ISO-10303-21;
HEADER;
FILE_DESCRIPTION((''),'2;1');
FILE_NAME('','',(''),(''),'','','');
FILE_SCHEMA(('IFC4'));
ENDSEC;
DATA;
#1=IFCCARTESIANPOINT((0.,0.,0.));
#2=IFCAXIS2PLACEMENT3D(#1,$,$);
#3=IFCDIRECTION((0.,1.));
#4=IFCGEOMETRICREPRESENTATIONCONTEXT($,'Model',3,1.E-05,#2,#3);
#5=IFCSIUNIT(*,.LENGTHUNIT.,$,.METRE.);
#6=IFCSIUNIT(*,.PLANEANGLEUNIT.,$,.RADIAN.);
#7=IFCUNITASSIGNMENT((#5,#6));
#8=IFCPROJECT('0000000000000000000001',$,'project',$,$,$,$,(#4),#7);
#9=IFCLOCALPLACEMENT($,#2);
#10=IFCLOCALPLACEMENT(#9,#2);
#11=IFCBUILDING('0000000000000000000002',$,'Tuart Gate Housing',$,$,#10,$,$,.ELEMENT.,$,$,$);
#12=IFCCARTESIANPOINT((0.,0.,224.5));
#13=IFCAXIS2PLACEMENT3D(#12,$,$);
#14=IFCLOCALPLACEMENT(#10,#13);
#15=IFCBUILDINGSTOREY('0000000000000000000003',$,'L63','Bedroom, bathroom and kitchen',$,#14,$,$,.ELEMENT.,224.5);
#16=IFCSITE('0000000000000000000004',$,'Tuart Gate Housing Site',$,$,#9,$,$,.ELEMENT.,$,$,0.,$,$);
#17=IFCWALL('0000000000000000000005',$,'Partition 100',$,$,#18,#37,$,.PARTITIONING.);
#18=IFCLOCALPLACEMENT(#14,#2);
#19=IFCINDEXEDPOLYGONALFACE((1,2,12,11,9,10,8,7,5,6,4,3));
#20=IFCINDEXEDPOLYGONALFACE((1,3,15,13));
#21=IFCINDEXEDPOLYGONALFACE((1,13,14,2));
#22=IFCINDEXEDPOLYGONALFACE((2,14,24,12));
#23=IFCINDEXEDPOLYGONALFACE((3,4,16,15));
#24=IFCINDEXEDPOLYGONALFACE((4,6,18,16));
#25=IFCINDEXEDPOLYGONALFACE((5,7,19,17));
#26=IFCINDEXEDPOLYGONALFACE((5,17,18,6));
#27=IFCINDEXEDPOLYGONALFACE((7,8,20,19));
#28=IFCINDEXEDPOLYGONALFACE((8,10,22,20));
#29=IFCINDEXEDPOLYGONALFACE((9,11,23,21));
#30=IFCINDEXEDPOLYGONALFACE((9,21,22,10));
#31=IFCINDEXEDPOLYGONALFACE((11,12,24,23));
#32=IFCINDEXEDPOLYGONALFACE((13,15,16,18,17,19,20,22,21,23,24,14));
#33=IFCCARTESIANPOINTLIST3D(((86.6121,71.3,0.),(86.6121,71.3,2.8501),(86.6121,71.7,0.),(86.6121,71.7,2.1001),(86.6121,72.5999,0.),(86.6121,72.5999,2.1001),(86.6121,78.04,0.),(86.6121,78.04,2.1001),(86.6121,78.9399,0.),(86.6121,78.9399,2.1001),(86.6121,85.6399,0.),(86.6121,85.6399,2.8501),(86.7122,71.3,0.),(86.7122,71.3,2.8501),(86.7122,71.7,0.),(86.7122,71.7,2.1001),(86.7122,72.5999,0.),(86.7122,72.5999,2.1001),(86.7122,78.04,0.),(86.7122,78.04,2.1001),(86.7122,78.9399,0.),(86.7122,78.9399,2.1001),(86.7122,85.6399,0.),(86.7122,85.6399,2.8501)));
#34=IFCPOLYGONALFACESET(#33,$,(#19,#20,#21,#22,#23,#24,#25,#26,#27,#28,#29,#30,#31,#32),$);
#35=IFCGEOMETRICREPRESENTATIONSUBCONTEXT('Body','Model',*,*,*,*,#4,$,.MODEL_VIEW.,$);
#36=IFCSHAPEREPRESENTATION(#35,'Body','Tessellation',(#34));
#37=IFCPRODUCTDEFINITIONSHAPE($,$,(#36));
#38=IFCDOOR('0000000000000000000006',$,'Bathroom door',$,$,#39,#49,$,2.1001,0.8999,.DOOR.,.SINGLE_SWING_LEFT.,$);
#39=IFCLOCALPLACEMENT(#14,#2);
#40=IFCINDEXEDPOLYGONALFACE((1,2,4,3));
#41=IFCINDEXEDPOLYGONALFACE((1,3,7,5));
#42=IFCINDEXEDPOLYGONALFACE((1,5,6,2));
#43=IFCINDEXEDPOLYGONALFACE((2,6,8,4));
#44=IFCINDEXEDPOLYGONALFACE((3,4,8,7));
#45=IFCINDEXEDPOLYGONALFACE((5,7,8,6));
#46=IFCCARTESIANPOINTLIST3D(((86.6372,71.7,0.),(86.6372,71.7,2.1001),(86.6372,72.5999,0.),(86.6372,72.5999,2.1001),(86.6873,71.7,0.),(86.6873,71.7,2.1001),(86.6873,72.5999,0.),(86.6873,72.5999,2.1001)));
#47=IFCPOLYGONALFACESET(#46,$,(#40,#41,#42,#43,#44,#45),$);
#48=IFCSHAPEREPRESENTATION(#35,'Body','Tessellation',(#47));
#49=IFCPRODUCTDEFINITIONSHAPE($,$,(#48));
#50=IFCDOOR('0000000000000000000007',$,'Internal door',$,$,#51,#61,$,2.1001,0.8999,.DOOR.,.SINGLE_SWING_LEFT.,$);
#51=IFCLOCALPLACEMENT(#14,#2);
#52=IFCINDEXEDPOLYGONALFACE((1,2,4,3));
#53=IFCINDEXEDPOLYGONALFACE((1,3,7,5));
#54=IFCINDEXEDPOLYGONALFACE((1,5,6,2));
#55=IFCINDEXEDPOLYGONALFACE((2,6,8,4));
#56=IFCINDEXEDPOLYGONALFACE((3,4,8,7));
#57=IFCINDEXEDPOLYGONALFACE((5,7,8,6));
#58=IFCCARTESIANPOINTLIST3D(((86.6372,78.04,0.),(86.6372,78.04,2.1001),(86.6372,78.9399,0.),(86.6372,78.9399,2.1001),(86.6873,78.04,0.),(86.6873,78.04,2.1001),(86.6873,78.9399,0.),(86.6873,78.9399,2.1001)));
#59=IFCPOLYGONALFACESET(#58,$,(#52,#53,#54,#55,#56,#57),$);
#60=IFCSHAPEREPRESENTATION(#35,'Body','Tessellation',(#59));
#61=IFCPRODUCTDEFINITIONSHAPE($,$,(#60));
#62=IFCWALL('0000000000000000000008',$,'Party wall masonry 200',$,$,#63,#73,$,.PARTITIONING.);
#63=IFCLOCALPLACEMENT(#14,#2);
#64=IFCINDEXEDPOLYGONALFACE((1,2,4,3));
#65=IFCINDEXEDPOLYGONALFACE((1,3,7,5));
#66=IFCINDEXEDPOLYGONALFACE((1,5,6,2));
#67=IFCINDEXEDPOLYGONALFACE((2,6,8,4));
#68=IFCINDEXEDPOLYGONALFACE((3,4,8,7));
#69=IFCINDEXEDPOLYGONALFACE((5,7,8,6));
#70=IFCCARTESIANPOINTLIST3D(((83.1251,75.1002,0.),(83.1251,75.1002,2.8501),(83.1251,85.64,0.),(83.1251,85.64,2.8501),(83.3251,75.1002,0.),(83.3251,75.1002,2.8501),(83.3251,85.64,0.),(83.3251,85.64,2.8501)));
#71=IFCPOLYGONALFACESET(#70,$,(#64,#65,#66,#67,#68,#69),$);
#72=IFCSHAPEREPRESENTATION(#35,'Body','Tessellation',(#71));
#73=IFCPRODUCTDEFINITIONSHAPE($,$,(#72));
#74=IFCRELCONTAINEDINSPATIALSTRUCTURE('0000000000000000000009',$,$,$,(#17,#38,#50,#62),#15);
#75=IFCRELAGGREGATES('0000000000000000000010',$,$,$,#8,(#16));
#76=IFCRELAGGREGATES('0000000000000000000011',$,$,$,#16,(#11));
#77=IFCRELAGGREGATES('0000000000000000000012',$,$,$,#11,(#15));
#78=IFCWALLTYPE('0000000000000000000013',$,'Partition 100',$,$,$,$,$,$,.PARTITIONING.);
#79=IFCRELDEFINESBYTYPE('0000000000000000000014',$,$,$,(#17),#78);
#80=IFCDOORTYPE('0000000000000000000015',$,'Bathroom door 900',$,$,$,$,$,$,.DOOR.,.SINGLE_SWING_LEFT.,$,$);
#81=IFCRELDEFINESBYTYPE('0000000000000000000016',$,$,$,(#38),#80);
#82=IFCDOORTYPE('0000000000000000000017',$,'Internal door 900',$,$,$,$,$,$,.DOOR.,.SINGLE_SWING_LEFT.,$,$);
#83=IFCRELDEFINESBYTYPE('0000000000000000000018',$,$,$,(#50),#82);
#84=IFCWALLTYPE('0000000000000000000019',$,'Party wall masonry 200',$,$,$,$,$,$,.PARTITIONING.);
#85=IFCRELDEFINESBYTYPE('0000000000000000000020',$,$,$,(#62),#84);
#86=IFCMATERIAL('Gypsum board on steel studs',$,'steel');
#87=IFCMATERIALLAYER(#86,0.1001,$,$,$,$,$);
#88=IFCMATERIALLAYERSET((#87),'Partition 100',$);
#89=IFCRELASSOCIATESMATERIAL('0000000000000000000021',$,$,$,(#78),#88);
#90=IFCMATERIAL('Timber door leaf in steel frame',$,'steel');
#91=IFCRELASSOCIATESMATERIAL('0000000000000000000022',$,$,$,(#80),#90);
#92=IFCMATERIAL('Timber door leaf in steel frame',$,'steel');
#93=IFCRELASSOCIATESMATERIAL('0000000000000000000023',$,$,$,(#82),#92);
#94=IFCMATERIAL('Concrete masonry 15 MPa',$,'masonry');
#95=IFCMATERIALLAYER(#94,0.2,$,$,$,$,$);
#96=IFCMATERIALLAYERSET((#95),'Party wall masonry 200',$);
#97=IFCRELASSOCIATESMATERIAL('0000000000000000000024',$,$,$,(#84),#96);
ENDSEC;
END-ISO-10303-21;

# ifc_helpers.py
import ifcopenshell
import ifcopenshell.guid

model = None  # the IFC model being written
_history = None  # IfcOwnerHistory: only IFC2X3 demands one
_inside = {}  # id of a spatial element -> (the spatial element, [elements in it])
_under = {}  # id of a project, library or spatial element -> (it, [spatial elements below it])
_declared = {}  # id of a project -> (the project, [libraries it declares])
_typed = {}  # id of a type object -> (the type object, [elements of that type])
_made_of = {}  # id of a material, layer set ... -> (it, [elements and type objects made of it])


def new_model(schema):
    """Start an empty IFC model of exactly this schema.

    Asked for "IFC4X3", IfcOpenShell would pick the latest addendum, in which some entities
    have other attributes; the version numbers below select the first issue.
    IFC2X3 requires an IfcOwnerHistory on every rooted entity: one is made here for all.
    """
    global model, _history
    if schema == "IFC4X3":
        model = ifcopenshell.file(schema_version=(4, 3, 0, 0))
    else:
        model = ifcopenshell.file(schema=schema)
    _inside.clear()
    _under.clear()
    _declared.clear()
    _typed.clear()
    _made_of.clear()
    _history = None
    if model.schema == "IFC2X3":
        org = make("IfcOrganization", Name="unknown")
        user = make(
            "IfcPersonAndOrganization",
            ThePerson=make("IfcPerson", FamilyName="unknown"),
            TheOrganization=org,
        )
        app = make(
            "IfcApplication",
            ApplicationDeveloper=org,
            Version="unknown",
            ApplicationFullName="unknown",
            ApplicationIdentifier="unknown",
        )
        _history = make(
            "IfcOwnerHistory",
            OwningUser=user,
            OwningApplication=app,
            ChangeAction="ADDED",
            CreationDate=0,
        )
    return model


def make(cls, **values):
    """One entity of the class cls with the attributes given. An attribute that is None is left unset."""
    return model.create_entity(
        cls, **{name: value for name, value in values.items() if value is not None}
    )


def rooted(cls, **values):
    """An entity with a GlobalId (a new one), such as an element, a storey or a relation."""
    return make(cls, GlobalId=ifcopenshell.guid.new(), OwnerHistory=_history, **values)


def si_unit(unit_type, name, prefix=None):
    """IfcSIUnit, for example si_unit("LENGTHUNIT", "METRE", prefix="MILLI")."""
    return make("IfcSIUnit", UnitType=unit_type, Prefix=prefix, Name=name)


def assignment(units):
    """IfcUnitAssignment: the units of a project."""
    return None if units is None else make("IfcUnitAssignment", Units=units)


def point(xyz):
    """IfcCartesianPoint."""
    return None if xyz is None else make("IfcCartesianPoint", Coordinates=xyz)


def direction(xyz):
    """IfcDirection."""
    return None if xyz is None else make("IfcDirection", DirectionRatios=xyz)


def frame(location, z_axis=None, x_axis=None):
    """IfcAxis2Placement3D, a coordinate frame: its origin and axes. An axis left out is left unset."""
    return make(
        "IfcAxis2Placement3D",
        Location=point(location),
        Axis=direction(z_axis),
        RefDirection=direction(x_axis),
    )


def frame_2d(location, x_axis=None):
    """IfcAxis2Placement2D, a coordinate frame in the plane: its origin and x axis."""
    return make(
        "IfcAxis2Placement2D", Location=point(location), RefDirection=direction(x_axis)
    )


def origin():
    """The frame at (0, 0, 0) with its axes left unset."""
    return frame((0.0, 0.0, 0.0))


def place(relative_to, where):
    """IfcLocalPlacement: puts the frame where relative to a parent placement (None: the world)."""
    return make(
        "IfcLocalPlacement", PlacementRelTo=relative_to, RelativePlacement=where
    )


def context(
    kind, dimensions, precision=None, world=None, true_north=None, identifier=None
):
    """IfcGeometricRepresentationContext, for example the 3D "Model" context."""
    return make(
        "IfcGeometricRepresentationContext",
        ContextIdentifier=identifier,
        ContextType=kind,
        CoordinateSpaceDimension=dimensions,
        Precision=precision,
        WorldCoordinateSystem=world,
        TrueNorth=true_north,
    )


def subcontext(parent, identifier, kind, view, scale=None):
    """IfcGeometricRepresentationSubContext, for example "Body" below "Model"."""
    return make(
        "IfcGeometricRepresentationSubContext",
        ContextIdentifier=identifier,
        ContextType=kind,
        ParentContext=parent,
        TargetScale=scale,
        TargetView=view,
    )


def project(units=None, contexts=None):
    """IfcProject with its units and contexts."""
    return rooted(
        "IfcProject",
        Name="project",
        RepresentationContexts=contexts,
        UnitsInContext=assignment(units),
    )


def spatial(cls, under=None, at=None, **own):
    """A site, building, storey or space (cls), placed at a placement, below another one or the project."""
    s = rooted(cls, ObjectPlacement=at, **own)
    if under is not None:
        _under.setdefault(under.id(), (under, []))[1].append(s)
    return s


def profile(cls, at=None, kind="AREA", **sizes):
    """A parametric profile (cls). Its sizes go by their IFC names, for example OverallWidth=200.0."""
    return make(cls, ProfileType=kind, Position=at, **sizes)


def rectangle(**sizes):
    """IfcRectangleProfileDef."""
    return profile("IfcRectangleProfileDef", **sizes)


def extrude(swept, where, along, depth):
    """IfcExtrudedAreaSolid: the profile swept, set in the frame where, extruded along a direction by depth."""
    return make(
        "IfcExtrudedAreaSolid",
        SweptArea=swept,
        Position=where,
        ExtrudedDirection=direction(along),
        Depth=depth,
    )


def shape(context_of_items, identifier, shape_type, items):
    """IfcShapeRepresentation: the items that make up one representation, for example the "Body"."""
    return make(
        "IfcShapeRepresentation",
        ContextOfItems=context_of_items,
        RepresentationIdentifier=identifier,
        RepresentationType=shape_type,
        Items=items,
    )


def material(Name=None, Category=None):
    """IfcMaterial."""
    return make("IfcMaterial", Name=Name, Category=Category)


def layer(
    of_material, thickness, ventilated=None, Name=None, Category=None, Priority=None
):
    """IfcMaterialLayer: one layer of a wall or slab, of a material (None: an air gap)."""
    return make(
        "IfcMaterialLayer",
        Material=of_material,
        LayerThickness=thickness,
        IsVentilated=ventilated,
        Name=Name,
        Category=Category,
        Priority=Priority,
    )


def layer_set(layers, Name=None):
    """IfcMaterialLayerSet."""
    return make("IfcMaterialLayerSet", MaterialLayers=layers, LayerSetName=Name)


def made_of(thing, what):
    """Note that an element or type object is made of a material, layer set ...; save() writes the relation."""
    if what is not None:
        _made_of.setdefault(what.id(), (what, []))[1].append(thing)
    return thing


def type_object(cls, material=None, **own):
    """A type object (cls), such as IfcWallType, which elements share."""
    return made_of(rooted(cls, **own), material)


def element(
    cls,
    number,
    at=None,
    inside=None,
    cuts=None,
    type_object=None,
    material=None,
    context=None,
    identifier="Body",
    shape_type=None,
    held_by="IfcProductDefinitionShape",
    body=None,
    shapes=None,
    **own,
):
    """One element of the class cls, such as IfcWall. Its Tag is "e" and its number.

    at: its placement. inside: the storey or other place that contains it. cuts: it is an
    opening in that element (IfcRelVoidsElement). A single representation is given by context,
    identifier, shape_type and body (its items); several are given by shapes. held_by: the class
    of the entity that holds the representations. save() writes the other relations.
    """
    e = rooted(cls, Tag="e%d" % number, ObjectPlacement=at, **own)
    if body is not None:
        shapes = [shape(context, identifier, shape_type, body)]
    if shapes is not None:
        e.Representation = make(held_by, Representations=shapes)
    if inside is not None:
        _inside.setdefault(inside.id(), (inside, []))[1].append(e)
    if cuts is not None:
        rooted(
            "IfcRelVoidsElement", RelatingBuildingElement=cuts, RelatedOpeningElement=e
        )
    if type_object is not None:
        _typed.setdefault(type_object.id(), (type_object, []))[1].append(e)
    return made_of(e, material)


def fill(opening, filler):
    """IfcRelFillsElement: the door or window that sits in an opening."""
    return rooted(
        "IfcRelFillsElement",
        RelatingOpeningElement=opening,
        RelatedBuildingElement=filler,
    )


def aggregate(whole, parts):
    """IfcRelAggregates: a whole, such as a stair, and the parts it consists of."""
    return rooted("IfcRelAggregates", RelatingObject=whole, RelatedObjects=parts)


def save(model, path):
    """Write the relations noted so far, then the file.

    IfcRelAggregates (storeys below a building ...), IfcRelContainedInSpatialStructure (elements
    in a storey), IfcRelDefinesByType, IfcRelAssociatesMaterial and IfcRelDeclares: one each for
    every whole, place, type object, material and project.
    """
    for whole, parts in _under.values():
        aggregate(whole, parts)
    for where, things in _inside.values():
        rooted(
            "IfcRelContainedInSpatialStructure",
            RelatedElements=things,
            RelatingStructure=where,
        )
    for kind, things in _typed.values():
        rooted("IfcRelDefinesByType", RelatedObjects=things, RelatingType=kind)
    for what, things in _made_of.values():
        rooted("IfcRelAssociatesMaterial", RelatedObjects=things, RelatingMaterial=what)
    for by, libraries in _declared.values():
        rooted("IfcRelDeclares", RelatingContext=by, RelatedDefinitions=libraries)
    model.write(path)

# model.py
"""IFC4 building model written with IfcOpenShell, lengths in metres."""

from ifc_helpers import new_model, si_unit, direction, frame, frame_2d, origin, place, context, subcontext, project, spatial, rectangle, extrude, material, layer, layer_set, type_object, element, fill, save


model = new_model("IFC4")

# Units and contexts
model_context = context("Model", 3, precision=1e-05, world=origin(), true_north=direction((0.0, 1.0)))
body_context = subcontext(model_context, "Body", "Model", "MODEL_VIEW")
ifc_project = project(units=[si_unit("LENGTHUNIT", "METRE"), si_unit("PLANEANGLEUNIT", "RADIAN")], contexts=[model_context])

# Site, building, storey
site_placement = place(None, origin())
site = spatial("IfcSite", under=ifc_project, at=site_placement, Name="Tuart Gate Housing Site", CompositionType="ELEMENT", RefElevation=0.0)
building_placement = place(site_placement, origin())
building = spatial("IfcBuilding", under=site, at=building_placement, Name="Tuart Gate Housing", CompositionType="ELEMENT")
storey_placement = place(building_placement, frame((0.0, 0.0, 224.5)))
storey = spatial("IfcBuildingStorey", under=building, at=storey_placement, Name="L63", Description="Bedroom, bathroom and kitchen", CompositionType="ELEMENT", Elevation=224.5)

# Shared definitions
ifc_material_1 = material(Name="Gypsum board on steel studs", Category="steel")
ifc_layer_1 = layer(ifc_material_1, 0.1001)
ifc_layer_set_1 = layer_set([ifc_layer_1], Name="Partition 100")
wall_type_1 = type_object("IfcWallType", Name="Partition 100", PredefinedType="PARTITIONING", material=ifc_layer_set_1)

# Wall, openings, doors
wall_1_placement = place(storey_placement, frame((86.6621, 71.3, 0.0), z_axis=(0.0, 0.0, 1.0), x_axis=(0.0, 1.0, 0.0)))
wall_1 = element("IfcWall", 1, at=wall_1_placement, inside=storey, type_object=wall_type_1, Name="Partition 100", PredefinedType="PARTITIONING", context=body_context, shape_type="SweptSolid", body=[
    extrude(rectangle(XDim=14.3398, YDim=0.1001, at=frame_2d((7.1699, 0.0))), origin(), (0.0, 0.0, 1.0), 2.8501),
])
opening_1_placement = place(wall_1_placement, frame((6.74, 0.0, 0.0)))
opening_1 = element("IfcOpeningElement", 2, at=opening_1_placement, cuts=wall_1, PredefinedType="OPENING", context=body_context, shape_type="SweptSolid", body=[
    extrude(rectangle(XDim=0.8999, YDim=2.1001, at=frame_2d((0.45, 1.05))), frame((0.0, 0.0601, 0.0), z_axis=(0.0, -1.0, 0.0), x_axis=(1.0, 0.0, 0.0)), (0.0, 0.0, 1.0), 0.1201),
])
opening_2_placement = place(wall_1_placement, frame((0.3999, 0.0, 0.0)))
opening_2 = element("IfcOpeningElement", 3, at=opening_2_placement, cuts=wall_1, PredefinedType="OPENING", context=body_context, shape_type="SweptSolid", body=[
    extrude(rectangle(XDim=0.8999, YDim=2.1001, at=frame_2d((0.45, 1.05))), frame((0.0, 0.0601, 0.0), z_axis=(0.0, -1.0, 0.0), x_axis=(1.0, 0.0, 0.0)), (0.0, 0.0, 1.0), 0.1201),
])
ifc_material_2 = material(Name="Timber door leaf in steel frame", Category="steel")
door_type_1 = type_object("IfcDoorType", Name="Bathroom door 900", OperationType="SINGLE_SWING_LEFT", PredefinedType="DOOR", material=ifc_material_2)
door_1_placement = place(opening_2_placement, origin())
door_1 = element("IfcDoor", 4, at=door_1_placement, inside=storey, type_object=door_type_1, Name="Bathroom door", OperationType="SINGLE_SWING_LEFT", OverallHeight=2.1001, OverallWidth=0.8999, PredefinedType="DOOR", context=body_context, shape_type="SweptSolid", body=[
    extrude(rectangle(XDim=0.8999, YDim=2.1001, at=frame_2d((0.45, 1.05))), frame((0.0, 0.0249, 0.0), z_axis=(0.0, -1.0, 0.0), x_axis=(1.0, 0.0, 0.0)), (0.0, 0.0, 1.0), 0.05),
])
fill(opening_2, door_1)
ifc_material_3 = material(Name="Timber door leaf in steel frame", Category="steel")
door_type_2 = type_object("IfcDoorType", Name="Internal door 900", OperationType="SINGLE_SWING_LEFT", PredefinedType="DOOR", material=ifc_material_3)
door_2_placement = place(opening_1_placement, origin())
door_2 = element("IfcDoor", 5, at=door_2_placement, inside=storey, type_object=door_type_2, Name="Internal door", OperationType="SINGLE_SWING_LEFT", OverallHeight=2.1001, OverallWidth=0.8999, PredefinedType="DOOR", context=body_context, shape_type="SweptSolid", body=[
    extrude(rectangle(XDim=0.8999, YDim=2.1001, at=frame_2d((0.45, 1.05))), frame((0.0, 0.0249, 0.0), z_axis=(0.0, -1.0, 0.0), x_axis=(1.0, 0.0, 0.0)), (0.0, 0.0, 1.0), 0.05),
])
fill(opening_1, door_2)

# Wall
ifc_material_4 = material(Name="Concrete masonry 15 MPa", Category="masonry")
ifc_layer_2 = layer(ifc_material_4, 0.2)
ifc_layer_set_2 = layer_set([ifc_layer_2], Name="Party wall masonry 200")
wall_type_2 = type_object("IfcWallType", Name="Party wall masonry 200", PredefinedType="PARTITIONING", material=ifc_layer_set_2)
wall_2_placement = place(storey_placement, frame((83.2251, 75.1001, 0.0), z_axis=(0.0, 0.0, 1.0), x_axis=(0.0, 1.0, 0.0)))
element("IfcWall", 6, at=wall_2_placement, inside=storey, type_object=wall_type_2, Name="Party wall masonry 200", PredefinedType="PARTITIONING", context=body_context, shape_type="SweptSolid", body=[
    extrude(rectangle(XDim=10.5398, YDim=0.2, at=frame_2d((5.27, 0.0))), origin(), (0.0, 0.0, 1.0), 2.8501),
])

save(model, "model.ifc")
